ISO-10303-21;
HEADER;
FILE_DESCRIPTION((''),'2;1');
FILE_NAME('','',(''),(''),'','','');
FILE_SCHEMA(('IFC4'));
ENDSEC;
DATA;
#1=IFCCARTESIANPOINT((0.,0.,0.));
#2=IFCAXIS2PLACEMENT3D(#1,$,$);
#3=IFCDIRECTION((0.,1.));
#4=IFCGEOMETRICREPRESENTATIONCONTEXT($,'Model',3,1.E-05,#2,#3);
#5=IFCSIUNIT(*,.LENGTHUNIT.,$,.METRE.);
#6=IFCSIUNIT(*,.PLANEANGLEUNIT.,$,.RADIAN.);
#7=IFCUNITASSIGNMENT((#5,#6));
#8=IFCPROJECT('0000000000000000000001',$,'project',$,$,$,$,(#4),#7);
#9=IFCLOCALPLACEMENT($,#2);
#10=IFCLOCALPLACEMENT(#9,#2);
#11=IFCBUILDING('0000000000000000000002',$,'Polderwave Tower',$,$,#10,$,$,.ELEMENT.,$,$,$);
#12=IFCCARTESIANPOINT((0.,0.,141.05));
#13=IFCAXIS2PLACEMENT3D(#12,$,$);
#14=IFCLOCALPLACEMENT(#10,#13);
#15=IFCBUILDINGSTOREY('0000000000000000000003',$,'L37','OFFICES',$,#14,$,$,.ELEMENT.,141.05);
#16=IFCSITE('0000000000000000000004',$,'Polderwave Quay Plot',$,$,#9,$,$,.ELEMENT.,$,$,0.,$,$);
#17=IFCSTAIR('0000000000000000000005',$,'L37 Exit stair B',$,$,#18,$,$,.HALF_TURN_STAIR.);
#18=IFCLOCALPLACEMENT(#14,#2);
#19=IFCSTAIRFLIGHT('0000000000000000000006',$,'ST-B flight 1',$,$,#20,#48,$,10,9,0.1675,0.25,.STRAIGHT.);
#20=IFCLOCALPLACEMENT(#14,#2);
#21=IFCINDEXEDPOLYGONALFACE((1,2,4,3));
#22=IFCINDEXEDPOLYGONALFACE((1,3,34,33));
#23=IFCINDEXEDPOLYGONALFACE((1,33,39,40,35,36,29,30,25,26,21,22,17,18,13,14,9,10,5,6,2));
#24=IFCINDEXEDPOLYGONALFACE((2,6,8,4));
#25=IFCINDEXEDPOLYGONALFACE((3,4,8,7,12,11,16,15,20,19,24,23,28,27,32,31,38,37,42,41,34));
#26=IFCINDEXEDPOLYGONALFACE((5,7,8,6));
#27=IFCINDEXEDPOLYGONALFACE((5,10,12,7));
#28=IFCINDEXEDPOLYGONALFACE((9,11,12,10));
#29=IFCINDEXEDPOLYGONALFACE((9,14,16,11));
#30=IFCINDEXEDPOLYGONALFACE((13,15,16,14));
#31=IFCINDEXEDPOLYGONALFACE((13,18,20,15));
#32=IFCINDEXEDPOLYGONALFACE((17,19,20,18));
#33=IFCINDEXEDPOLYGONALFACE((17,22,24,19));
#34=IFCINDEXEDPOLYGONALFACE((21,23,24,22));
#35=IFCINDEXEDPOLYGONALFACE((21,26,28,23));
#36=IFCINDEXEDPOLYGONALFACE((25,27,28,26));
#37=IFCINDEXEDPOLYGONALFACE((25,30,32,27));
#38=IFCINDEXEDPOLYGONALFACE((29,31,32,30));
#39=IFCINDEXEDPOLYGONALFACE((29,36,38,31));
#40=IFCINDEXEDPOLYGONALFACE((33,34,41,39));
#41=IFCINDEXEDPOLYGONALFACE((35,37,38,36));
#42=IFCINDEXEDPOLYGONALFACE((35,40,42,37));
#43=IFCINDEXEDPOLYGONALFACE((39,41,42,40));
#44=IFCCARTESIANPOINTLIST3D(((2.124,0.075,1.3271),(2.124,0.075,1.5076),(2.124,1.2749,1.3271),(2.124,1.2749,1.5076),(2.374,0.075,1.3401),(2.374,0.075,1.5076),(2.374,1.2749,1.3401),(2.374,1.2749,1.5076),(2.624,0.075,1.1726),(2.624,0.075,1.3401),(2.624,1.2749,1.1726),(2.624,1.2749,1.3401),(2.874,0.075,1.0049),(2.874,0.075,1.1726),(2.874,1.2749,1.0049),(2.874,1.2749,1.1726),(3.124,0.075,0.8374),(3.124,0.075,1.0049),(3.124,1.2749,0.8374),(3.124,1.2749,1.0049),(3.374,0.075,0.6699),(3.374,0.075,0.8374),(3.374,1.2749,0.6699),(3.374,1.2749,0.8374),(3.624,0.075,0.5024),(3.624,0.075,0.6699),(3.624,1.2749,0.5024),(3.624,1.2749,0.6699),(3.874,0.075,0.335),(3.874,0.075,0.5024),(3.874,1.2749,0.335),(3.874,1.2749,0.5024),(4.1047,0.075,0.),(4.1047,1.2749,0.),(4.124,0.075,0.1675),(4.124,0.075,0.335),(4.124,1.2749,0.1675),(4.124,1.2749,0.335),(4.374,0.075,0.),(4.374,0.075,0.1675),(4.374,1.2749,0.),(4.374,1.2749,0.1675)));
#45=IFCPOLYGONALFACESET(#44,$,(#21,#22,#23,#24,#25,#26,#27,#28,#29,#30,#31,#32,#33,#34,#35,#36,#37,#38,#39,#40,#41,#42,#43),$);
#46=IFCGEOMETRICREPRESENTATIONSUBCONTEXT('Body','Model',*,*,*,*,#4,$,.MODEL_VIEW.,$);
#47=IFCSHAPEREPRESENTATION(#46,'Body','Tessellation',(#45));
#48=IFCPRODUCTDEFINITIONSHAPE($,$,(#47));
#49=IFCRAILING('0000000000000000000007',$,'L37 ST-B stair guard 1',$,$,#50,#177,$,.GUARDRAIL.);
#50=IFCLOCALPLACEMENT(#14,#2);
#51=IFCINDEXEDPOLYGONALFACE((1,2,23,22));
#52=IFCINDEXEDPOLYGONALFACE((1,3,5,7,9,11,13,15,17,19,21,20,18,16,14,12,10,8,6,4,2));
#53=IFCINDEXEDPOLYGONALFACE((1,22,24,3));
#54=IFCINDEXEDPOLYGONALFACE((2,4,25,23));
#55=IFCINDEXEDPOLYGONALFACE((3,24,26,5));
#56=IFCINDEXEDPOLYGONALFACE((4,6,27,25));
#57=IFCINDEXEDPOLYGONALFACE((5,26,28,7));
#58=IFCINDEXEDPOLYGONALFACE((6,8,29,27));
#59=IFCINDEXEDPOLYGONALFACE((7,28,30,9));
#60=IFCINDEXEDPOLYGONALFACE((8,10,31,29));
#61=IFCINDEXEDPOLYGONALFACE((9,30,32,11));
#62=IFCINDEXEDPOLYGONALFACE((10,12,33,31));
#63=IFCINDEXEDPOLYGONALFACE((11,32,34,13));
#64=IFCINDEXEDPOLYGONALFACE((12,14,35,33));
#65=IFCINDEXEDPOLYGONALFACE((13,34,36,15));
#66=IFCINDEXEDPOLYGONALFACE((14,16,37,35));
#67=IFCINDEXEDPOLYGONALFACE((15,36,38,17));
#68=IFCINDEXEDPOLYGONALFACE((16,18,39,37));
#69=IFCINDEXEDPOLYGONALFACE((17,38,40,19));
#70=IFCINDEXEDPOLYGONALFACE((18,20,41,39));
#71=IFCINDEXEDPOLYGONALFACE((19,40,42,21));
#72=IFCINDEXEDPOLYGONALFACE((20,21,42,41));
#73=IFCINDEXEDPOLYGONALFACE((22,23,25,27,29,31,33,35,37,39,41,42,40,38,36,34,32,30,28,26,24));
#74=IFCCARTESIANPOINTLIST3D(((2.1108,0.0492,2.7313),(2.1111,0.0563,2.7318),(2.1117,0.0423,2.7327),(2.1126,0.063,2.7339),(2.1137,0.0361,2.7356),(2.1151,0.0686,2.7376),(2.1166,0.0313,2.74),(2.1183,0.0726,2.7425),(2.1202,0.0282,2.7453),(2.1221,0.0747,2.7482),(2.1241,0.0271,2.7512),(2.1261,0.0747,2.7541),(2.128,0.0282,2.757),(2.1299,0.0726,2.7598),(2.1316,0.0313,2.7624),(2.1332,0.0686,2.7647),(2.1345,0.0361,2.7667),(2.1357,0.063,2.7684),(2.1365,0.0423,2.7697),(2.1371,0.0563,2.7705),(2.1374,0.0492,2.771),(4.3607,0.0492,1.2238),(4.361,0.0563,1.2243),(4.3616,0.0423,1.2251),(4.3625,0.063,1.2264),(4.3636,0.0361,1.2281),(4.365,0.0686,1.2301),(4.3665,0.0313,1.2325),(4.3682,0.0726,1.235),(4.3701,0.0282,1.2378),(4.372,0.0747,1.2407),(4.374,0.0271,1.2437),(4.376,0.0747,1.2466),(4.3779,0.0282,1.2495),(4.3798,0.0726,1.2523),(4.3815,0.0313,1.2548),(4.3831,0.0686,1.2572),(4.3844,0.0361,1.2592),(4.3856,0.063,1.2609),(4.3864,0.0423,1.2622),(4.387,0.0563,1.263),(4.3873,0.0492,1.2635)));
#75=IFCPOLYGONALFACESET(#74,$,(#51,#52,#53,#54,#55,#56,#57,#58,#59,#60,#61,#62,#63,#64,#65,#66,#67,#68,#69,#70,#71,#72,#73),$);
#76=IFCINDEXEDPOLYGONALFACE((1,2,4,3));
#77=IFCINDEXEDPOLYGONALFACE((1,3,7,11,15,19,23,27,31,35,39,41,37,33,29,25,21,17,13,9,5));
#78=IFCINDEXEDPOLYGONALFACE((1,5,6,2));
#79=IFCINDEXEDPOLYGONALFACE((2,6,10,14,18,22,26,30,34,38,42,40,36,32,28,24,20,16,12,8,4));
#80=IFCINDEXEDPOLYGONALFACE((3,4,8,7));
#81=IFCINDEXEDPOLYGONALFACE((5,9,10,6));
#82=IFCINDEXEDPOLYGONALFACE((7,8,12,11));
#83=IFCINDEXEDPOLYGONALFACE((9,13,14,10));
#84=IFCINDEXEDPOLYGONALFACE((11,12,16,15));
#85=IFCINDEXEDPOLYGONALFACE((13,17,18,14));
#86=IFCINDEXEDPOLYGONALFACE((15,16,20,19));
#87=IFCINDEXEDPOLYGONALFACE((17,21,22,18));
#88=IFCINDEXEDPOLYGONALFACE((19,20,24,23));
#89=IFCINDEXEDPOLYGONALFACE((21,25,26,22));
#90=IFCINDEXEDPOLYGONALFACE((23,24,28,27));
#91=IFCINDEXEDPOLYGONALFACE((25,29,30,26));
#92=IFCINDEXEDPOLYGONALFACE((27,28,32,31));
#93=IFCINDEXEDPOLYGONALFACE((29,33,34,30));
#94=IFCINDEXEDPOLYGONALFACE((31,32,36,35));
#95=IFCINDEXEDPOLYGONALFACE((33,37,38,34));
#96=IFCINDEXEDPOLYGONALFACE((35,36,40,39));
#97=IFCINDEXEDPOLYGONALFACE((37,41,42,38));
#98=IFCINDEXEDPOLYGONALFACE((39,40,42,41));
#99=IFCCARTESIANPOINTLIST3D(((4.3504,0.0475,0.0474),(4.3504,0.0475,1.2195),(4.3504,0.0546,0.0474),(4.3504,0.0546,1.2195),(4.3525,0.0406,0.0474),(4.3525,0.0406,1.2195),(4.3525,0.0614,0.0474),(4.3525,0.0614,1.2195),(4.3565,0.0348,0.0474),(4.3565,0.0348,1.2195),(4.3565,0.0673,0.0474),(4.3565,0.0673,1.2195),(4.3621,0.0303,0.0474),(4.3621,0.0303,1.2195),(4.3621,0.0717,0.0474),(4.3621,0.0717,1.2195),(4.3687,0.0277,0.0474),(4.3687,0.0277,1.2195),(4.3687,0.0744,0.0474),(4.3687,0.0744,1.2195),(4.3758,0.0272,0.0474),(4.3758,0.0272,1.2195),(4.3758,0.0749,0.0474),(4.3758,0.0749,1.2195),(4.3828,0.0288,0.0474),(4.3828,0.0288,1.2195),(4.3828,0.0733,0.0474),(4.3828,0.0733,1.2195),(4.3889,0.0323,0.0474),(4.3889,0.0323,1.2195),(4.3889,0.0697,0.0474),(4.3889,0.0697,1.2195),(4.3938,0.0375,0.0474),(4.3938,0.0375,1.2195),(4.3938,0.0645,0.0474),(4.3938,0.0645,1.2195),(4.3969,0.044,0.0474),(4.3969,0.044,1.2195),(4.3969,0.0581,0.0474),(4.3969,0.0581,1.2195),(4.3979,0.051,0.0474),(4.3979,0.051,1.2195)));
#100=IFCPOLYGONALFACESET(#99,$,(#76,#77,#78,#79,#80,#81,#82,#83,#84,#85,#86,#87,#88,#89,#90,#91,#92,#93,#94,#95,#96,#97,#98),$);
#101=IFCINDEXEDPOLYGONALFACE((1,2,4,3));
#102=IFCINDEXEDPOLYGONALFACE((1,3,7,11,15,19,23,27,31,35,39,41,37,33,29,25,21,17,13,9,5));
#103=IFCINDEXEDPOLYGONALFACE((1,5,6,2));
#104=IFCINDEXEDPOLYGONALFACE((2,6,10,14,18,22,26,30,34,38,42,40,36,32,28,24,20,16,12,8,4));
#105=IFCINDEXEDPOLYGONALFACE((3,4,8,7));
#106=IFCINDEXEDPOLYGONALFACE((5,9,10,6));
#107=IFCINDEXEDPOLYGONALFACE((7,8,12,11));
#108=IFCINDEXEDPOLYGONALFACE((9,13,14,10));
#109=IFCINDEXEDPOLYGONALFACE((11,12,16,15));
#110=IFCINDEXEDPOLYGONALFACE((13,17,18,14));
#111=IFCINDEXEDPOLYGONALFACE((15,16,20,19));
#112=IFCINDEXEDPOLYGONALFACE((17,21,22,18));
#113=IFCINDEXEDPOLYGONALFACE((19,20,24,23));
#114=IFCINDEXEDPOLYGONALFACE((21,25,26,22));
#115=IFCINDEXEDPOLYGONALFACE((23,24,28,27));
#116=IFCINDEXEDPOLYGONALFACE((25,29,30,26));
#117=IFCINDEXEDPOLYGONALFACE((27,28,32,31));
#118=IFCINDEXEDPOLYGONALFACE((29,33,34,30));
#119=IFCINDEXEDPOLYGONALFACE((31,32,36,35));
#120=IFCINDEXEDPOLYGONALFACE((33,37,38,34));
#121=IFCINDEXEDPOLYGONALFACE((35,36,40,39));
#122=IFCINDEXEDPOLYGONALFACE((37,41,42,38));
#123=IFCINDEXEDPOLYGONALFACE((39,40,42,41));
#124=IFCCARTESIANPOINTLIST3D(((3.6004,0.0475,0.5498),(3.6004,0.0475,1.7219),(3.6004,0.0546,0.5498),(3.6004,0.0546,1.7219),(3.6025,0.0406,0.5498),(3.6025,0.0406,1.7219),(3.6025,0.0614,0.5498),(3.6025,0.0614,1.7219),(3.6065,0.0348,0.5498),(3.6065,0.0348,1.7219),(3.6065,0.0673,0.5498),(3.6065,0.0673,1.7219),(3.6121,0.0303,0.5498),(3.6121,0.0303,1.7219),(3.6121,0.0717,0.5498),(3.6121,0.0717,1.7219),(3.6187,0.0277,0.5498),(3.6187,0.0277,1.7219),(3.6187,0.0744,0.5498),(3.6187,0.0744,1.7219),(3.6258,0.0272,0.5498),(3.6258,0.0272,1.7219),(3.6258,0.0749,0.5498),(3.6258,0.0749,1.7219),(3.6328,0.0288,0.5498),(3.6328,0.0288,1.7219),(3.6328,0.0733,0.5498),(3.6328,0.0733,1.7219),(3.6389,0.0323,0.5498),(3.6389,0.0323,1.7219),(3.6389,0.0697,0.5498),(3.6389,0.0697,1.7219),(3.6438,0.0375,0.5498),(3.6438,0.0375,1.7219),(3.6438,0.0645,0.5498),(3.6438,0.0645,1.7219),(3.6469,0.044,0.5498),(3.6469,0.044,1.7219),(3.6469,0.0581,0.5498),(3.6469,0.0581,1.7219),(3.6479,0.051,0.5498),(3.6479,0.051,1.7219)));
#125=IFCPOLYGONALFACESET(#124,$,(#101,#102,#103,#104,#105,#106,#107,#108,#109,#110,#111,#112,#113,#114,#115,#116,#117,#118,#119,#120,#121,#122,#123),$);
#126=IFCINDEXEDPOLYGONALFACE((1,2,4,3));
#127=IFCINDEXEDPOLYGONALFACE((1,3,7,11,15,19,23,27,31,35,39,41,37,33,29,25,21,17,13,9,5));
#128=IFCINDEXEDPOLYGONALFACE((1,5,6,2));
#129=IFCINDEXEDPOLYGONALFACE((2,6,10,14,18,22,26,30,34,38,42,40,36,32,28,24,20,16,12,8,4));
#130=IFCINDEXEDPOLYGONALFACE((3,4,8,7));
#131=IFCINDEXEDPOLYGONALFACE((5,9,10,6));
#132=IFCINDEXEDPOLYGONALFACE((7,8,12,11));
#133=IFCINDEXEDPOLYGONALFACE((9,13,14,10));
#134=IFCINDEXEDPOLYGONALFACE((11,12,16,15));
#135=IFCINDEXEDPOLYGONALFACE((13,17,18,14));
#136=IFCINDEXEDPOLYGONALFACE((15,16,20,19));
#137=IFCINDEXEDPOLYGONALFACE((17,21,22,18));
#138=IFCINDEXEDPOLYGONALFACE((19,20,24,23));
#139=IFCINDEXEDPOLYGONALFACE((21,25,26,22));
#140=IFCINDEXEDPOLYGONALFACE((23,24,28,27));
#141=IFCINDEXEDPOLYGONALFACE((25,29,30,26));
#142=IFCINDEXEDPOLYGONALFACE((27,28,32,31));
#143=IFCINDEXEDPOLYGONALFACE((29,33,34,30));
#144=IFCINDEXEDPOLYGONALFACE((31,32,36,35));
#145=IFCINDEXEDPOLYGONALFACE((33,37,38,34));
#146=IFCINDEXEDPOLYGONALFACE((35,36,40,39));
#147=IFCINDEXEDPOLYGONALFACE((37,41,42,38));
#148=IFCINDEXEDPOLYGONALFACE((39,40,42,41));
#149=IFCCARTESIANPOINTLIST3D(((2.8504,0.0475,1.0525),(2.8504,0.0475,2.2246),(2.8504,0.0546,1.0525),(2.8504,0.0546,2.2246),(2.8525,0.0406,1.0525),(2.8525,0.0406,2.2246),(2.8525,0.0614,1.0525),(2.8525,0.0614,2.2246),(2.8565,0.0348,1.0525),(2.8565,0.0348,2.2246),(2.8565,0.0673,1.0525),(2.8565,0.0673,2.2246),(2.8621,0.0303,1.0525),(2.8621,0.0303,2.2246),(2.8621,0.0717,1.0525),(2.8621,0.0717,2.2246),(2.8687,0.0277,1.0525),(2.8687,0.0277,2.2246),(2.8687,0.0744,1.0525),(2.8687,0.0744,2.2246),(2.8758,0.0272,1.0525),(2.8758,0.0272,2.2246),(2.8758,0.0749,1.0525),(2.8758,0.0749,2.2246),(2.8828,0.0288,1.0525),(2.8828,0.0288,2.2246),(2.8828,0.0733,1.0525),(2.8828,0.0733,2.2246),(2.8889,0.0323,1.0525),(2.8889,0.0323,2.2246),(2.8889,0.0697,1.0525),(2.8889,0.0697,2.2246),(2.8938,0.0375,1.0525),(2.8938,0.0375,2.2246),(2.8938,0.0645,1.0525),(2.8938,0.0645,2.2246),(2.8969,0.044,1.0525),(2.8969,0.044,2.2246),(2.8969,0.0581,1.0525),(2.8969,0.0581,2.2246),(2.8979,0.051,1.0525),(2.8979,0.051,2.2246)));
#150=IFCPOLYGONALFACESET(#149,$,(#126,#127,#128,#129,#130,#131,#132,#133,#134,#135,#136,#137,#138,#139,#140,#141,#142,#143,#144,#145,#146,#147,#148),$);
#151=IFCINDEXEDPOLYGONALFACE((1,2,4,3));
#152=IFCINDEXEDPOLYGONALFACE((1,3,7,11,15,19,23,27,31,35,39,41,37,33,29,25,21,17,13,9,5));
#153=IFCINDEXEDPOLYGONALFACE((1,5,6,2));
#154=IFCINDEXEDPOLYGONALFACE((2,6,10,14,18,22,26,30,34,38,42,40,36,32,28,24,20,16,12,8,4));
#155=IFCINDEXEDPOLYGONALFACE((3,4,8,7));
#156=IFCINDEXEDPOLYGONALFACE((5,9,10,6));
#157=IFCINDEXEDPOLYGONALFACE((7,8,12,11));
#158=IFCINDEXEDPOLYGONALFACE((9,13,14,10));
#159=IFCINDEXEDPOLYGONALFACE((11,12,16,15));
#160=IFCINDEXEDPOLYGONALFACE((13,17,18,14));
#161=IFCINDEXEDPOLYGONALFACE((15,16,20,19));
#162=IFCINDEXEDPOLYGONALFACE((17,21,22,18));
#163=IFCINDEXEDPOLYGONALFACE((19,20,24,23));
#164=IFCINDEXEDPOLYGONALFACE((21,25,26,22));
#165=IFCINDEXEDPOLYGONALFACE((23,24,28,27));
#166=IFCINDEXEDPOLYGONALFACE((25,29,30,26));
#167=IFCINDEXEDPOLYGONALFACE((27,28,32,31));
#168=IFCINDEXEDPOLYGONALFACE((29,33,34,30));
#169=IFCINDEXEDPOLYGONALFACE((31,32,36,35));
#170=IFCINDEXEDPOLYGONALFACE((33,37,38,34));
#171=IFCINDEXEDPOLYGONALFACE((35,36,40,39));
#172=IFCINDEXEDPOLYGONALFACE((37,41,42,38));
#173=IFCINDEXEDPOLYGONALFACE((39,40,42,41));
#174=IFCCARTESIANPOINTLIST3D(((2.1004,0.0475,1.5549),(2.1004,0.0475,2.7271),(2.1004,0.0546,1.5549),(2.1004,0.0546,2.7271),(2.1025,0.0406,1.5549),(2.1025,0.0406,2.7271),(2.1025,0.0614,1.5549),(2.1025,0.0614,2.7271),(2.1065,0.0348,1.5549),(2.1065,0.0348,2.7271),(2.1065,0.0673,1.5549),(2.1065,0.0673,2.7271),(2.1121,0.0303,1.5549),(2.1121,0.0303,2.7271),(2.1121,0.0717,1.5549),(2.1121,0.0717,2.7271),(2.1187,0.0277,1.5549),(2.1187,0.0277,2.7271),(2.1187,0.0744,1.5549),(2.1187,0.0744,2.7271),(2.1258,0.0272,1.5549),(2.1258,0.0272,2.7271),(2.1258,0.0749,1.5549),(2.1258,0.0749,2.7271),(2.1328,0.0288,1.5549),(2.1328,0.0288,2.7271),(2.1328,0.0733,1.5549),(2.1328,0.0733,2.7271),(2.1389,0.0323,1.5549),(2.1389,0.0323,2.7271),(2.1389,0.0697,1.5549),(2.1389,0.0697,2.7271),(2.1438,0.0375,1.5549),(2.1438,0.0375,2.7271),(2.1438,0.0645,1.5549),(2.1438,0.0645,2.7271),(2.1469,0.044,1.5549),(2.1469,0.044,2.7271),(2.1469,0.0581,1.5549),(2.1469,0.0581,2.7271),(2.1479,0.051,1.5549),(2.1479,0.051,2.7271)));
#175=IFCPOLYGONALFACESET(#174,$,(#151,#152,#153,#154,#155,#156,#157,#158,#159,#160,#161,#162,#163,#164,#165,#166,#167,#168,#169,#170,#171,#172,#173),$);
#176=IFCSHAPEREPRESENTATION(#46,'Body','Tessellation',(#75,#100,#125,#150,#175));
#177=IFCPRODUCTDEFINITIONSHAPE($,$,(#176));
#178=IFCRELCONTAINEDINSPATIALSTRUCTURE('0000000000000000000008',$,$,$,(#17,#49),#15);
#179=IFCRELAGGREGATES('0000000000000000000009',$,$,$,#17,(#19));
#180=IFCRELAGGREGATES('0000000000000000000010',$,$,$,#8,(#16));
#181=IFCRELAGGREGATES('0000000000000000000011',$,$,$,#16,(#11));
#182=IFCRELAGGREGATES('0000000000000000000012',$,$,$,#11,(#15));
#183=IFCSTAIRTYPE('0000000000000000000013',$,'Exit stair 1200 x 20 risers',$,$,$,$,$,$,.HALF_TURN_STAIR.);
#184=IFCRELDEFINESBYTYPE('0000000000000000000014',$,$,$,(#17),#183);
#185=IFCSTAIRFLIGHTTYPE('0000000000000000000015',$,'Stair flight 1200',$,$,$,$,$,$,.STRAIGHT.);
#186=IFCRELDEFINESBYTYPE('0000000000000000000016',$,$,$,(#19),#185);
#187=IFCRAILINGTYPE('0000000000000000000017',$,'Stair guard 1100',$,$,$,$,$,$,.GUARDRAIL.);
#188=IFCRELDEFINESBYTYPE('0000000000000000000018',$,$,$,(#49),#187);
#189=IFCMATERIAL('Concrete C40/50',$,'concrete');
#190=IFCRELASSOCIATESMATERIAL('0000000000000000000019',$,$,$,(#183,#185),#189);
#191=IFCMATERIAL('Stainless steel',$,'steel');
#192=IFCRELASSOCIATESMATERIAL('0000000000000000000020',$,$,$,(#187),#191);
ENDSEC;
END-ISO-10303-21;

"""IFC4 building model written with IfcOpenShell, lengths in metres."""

from ifc_helpers import new_model, si_unit, direction, frame, origin, origin_2d, place, context, subcontext, project, spatial, polyline, circle, outline, extrude, material, type_object, element, aggregate, save


model = new_model("IFC4")

# Units and contexts
model_context = context("Model", 3, precision=1e-05, world=origin(), true_north=direction((0.0, 1.0)))
body_context = subcontext(model_context, "Body", "Model", "MODEL_VIEW")
ifc_project = project(units=[si_unit("LENGTHUNIT", "METRE"), si_unit("PLANEANGLEUNIT", "RADIAN")], contexts=[model_context])

# Site, building, storey
site_placement = place(None, origin())
site = spatial("IfcSite", under=ifc_project, at=site_placement, Name="Polderwave Quay Plot", CompositionType="ELEMENT", RefElevation=0.0)
building_placement = place(site_placement, origin())
building = spatial("IfcBuilding", under=site, at=building_placement, Name="Polderwave Tower", CompositionType="ELEMENT")
storey_placement = place(building_placement, frame((0.0, 0.0, 141.05)))
storey = spatial("IfcBuildingStorey", under=building, at=storey_placement, Name="L37", Description="OFFICES", CompositionType="ELEMENT", Elevation=141.05)

# Shared definitions
ifc_material_1 = material(Name="Stainless steel", Category="steel")

# Stair, stair flight
ifc_material_2 = material(Name="Concrete C40/50", Category="concrete")
stair_type = type_object("IfcStairType", Name="Exit stair 1200 x 20 risers", PredefinedType="HALF_TURN_STAIR", material=ifc_material_2)
stair_placement = place(storey_placement, origin())
stair = element("IfcStair", 1, at=stair_placement, inside=storey, type_object=stair_type, Name="L37 Exit stair B", PredefinedType="HALF_TURN_STAIR")
stair_flight_type = type_object("IfcStairFlightType", Name="Stair flight 1200", PredefinedType="STRAIGHT", material=ifc_material_2)
stair_flight_placement = place(storey_placement, frame((4.374, 0.675, 0.0), z_axis=(0.0, 0.0, 1.0), x_axis=(-1.0, 0.0, 0.0)))
stair_flight = element("IfcStairFlight", 2, at=stair_flight_placement, type_object=stair_flight_type, Name="ST-B flight 1", NumberOfRisers=10, NumberOfTreads=9, PredefinedType="STRAIGHT", RiserHeight=0.1675, TreadLength=0.25, context=body_context, shape_type="SweptSolid", body=[
    extrude(outline(polyline([(0.0, 0.0), (0.0, 0.1675), (0.25, 0.1675), (0.25, 0.335), (0.5, 0.335), (0.5, 0.5024), (0.75, 0.5024), (0.75, 0.6699), (1.0, 0.6699), (1.0, 0.8374), (1.25, 0.8374), (1.25, 1.0049), (1.5, 1.0049), (1.5, 1.1726), (1.75, 1.1726), (1.75, 1.3401), (2.0, 1.3401), (2.0, 1.5076), (2.25, 1.5076), (2.25, 1.675), (2.25, 1.3271), (0.2693, 0.0), (0.0, 0.0)])), frame((0.0, 0.6001, 0.0), z_axis=(0.0, -1.0, 0.0), x_axis=(1.0, 0.0, 0.0)), (0.0, 0.0, 1.0), 1.2),
])
aggregate(stair, [stair_flight])

# Railing
railing_type_1 = type_object("IfcRailingType", Name="Stair guard 1100", PredefinedType="GUARDRAIL", material=ifc_material_1)
railing_1_placement = place(storey_placement, frame((4.374, 0.051, 0.0474)))
element("IfcRailing", 3, at=railing_1_placement, inside=storey, type_object=railing_type_1, Name="L37 ST-B stair guard 1", PredefinedType="GUARDRAIL", context=body_context, shape_type="SweptSolid", body=[
    extrude(circle(Radius=0.0239, at=origin_2d()), frame((0.0, 0.0, 1.1963), z_axis=(-0.830758, 0.0, 0.556633), x_axis=(0.0, -1.0, 0.0)), (0.0, 0.0, 1.0), 2.7083),
    extrude(circle(Radius=0.0239, at=origin_2d()), origin(), (0.0, 0.0, 1.0), 1.1721),
    extrude(circle(Radius=0.0239, at=origin_2d()), frame((-0.75, 0.0, 0.5024)), (0.0, 0.0, 1.0), 1.1721),
    extrude(circle(Radius=0.0239, at=origin_2d()), frame((-1.5, 0.0, 1.0051)), (0.0, 0.0, 1.0), 1.1721),
    extrude(circle(Radius=0.0239, at=origin_2d()), frame((-2.25, 0.0, 1.5076)), (0.0, 0.0, 1.0), 1.1721),
])

save(model, "model.ifc")
